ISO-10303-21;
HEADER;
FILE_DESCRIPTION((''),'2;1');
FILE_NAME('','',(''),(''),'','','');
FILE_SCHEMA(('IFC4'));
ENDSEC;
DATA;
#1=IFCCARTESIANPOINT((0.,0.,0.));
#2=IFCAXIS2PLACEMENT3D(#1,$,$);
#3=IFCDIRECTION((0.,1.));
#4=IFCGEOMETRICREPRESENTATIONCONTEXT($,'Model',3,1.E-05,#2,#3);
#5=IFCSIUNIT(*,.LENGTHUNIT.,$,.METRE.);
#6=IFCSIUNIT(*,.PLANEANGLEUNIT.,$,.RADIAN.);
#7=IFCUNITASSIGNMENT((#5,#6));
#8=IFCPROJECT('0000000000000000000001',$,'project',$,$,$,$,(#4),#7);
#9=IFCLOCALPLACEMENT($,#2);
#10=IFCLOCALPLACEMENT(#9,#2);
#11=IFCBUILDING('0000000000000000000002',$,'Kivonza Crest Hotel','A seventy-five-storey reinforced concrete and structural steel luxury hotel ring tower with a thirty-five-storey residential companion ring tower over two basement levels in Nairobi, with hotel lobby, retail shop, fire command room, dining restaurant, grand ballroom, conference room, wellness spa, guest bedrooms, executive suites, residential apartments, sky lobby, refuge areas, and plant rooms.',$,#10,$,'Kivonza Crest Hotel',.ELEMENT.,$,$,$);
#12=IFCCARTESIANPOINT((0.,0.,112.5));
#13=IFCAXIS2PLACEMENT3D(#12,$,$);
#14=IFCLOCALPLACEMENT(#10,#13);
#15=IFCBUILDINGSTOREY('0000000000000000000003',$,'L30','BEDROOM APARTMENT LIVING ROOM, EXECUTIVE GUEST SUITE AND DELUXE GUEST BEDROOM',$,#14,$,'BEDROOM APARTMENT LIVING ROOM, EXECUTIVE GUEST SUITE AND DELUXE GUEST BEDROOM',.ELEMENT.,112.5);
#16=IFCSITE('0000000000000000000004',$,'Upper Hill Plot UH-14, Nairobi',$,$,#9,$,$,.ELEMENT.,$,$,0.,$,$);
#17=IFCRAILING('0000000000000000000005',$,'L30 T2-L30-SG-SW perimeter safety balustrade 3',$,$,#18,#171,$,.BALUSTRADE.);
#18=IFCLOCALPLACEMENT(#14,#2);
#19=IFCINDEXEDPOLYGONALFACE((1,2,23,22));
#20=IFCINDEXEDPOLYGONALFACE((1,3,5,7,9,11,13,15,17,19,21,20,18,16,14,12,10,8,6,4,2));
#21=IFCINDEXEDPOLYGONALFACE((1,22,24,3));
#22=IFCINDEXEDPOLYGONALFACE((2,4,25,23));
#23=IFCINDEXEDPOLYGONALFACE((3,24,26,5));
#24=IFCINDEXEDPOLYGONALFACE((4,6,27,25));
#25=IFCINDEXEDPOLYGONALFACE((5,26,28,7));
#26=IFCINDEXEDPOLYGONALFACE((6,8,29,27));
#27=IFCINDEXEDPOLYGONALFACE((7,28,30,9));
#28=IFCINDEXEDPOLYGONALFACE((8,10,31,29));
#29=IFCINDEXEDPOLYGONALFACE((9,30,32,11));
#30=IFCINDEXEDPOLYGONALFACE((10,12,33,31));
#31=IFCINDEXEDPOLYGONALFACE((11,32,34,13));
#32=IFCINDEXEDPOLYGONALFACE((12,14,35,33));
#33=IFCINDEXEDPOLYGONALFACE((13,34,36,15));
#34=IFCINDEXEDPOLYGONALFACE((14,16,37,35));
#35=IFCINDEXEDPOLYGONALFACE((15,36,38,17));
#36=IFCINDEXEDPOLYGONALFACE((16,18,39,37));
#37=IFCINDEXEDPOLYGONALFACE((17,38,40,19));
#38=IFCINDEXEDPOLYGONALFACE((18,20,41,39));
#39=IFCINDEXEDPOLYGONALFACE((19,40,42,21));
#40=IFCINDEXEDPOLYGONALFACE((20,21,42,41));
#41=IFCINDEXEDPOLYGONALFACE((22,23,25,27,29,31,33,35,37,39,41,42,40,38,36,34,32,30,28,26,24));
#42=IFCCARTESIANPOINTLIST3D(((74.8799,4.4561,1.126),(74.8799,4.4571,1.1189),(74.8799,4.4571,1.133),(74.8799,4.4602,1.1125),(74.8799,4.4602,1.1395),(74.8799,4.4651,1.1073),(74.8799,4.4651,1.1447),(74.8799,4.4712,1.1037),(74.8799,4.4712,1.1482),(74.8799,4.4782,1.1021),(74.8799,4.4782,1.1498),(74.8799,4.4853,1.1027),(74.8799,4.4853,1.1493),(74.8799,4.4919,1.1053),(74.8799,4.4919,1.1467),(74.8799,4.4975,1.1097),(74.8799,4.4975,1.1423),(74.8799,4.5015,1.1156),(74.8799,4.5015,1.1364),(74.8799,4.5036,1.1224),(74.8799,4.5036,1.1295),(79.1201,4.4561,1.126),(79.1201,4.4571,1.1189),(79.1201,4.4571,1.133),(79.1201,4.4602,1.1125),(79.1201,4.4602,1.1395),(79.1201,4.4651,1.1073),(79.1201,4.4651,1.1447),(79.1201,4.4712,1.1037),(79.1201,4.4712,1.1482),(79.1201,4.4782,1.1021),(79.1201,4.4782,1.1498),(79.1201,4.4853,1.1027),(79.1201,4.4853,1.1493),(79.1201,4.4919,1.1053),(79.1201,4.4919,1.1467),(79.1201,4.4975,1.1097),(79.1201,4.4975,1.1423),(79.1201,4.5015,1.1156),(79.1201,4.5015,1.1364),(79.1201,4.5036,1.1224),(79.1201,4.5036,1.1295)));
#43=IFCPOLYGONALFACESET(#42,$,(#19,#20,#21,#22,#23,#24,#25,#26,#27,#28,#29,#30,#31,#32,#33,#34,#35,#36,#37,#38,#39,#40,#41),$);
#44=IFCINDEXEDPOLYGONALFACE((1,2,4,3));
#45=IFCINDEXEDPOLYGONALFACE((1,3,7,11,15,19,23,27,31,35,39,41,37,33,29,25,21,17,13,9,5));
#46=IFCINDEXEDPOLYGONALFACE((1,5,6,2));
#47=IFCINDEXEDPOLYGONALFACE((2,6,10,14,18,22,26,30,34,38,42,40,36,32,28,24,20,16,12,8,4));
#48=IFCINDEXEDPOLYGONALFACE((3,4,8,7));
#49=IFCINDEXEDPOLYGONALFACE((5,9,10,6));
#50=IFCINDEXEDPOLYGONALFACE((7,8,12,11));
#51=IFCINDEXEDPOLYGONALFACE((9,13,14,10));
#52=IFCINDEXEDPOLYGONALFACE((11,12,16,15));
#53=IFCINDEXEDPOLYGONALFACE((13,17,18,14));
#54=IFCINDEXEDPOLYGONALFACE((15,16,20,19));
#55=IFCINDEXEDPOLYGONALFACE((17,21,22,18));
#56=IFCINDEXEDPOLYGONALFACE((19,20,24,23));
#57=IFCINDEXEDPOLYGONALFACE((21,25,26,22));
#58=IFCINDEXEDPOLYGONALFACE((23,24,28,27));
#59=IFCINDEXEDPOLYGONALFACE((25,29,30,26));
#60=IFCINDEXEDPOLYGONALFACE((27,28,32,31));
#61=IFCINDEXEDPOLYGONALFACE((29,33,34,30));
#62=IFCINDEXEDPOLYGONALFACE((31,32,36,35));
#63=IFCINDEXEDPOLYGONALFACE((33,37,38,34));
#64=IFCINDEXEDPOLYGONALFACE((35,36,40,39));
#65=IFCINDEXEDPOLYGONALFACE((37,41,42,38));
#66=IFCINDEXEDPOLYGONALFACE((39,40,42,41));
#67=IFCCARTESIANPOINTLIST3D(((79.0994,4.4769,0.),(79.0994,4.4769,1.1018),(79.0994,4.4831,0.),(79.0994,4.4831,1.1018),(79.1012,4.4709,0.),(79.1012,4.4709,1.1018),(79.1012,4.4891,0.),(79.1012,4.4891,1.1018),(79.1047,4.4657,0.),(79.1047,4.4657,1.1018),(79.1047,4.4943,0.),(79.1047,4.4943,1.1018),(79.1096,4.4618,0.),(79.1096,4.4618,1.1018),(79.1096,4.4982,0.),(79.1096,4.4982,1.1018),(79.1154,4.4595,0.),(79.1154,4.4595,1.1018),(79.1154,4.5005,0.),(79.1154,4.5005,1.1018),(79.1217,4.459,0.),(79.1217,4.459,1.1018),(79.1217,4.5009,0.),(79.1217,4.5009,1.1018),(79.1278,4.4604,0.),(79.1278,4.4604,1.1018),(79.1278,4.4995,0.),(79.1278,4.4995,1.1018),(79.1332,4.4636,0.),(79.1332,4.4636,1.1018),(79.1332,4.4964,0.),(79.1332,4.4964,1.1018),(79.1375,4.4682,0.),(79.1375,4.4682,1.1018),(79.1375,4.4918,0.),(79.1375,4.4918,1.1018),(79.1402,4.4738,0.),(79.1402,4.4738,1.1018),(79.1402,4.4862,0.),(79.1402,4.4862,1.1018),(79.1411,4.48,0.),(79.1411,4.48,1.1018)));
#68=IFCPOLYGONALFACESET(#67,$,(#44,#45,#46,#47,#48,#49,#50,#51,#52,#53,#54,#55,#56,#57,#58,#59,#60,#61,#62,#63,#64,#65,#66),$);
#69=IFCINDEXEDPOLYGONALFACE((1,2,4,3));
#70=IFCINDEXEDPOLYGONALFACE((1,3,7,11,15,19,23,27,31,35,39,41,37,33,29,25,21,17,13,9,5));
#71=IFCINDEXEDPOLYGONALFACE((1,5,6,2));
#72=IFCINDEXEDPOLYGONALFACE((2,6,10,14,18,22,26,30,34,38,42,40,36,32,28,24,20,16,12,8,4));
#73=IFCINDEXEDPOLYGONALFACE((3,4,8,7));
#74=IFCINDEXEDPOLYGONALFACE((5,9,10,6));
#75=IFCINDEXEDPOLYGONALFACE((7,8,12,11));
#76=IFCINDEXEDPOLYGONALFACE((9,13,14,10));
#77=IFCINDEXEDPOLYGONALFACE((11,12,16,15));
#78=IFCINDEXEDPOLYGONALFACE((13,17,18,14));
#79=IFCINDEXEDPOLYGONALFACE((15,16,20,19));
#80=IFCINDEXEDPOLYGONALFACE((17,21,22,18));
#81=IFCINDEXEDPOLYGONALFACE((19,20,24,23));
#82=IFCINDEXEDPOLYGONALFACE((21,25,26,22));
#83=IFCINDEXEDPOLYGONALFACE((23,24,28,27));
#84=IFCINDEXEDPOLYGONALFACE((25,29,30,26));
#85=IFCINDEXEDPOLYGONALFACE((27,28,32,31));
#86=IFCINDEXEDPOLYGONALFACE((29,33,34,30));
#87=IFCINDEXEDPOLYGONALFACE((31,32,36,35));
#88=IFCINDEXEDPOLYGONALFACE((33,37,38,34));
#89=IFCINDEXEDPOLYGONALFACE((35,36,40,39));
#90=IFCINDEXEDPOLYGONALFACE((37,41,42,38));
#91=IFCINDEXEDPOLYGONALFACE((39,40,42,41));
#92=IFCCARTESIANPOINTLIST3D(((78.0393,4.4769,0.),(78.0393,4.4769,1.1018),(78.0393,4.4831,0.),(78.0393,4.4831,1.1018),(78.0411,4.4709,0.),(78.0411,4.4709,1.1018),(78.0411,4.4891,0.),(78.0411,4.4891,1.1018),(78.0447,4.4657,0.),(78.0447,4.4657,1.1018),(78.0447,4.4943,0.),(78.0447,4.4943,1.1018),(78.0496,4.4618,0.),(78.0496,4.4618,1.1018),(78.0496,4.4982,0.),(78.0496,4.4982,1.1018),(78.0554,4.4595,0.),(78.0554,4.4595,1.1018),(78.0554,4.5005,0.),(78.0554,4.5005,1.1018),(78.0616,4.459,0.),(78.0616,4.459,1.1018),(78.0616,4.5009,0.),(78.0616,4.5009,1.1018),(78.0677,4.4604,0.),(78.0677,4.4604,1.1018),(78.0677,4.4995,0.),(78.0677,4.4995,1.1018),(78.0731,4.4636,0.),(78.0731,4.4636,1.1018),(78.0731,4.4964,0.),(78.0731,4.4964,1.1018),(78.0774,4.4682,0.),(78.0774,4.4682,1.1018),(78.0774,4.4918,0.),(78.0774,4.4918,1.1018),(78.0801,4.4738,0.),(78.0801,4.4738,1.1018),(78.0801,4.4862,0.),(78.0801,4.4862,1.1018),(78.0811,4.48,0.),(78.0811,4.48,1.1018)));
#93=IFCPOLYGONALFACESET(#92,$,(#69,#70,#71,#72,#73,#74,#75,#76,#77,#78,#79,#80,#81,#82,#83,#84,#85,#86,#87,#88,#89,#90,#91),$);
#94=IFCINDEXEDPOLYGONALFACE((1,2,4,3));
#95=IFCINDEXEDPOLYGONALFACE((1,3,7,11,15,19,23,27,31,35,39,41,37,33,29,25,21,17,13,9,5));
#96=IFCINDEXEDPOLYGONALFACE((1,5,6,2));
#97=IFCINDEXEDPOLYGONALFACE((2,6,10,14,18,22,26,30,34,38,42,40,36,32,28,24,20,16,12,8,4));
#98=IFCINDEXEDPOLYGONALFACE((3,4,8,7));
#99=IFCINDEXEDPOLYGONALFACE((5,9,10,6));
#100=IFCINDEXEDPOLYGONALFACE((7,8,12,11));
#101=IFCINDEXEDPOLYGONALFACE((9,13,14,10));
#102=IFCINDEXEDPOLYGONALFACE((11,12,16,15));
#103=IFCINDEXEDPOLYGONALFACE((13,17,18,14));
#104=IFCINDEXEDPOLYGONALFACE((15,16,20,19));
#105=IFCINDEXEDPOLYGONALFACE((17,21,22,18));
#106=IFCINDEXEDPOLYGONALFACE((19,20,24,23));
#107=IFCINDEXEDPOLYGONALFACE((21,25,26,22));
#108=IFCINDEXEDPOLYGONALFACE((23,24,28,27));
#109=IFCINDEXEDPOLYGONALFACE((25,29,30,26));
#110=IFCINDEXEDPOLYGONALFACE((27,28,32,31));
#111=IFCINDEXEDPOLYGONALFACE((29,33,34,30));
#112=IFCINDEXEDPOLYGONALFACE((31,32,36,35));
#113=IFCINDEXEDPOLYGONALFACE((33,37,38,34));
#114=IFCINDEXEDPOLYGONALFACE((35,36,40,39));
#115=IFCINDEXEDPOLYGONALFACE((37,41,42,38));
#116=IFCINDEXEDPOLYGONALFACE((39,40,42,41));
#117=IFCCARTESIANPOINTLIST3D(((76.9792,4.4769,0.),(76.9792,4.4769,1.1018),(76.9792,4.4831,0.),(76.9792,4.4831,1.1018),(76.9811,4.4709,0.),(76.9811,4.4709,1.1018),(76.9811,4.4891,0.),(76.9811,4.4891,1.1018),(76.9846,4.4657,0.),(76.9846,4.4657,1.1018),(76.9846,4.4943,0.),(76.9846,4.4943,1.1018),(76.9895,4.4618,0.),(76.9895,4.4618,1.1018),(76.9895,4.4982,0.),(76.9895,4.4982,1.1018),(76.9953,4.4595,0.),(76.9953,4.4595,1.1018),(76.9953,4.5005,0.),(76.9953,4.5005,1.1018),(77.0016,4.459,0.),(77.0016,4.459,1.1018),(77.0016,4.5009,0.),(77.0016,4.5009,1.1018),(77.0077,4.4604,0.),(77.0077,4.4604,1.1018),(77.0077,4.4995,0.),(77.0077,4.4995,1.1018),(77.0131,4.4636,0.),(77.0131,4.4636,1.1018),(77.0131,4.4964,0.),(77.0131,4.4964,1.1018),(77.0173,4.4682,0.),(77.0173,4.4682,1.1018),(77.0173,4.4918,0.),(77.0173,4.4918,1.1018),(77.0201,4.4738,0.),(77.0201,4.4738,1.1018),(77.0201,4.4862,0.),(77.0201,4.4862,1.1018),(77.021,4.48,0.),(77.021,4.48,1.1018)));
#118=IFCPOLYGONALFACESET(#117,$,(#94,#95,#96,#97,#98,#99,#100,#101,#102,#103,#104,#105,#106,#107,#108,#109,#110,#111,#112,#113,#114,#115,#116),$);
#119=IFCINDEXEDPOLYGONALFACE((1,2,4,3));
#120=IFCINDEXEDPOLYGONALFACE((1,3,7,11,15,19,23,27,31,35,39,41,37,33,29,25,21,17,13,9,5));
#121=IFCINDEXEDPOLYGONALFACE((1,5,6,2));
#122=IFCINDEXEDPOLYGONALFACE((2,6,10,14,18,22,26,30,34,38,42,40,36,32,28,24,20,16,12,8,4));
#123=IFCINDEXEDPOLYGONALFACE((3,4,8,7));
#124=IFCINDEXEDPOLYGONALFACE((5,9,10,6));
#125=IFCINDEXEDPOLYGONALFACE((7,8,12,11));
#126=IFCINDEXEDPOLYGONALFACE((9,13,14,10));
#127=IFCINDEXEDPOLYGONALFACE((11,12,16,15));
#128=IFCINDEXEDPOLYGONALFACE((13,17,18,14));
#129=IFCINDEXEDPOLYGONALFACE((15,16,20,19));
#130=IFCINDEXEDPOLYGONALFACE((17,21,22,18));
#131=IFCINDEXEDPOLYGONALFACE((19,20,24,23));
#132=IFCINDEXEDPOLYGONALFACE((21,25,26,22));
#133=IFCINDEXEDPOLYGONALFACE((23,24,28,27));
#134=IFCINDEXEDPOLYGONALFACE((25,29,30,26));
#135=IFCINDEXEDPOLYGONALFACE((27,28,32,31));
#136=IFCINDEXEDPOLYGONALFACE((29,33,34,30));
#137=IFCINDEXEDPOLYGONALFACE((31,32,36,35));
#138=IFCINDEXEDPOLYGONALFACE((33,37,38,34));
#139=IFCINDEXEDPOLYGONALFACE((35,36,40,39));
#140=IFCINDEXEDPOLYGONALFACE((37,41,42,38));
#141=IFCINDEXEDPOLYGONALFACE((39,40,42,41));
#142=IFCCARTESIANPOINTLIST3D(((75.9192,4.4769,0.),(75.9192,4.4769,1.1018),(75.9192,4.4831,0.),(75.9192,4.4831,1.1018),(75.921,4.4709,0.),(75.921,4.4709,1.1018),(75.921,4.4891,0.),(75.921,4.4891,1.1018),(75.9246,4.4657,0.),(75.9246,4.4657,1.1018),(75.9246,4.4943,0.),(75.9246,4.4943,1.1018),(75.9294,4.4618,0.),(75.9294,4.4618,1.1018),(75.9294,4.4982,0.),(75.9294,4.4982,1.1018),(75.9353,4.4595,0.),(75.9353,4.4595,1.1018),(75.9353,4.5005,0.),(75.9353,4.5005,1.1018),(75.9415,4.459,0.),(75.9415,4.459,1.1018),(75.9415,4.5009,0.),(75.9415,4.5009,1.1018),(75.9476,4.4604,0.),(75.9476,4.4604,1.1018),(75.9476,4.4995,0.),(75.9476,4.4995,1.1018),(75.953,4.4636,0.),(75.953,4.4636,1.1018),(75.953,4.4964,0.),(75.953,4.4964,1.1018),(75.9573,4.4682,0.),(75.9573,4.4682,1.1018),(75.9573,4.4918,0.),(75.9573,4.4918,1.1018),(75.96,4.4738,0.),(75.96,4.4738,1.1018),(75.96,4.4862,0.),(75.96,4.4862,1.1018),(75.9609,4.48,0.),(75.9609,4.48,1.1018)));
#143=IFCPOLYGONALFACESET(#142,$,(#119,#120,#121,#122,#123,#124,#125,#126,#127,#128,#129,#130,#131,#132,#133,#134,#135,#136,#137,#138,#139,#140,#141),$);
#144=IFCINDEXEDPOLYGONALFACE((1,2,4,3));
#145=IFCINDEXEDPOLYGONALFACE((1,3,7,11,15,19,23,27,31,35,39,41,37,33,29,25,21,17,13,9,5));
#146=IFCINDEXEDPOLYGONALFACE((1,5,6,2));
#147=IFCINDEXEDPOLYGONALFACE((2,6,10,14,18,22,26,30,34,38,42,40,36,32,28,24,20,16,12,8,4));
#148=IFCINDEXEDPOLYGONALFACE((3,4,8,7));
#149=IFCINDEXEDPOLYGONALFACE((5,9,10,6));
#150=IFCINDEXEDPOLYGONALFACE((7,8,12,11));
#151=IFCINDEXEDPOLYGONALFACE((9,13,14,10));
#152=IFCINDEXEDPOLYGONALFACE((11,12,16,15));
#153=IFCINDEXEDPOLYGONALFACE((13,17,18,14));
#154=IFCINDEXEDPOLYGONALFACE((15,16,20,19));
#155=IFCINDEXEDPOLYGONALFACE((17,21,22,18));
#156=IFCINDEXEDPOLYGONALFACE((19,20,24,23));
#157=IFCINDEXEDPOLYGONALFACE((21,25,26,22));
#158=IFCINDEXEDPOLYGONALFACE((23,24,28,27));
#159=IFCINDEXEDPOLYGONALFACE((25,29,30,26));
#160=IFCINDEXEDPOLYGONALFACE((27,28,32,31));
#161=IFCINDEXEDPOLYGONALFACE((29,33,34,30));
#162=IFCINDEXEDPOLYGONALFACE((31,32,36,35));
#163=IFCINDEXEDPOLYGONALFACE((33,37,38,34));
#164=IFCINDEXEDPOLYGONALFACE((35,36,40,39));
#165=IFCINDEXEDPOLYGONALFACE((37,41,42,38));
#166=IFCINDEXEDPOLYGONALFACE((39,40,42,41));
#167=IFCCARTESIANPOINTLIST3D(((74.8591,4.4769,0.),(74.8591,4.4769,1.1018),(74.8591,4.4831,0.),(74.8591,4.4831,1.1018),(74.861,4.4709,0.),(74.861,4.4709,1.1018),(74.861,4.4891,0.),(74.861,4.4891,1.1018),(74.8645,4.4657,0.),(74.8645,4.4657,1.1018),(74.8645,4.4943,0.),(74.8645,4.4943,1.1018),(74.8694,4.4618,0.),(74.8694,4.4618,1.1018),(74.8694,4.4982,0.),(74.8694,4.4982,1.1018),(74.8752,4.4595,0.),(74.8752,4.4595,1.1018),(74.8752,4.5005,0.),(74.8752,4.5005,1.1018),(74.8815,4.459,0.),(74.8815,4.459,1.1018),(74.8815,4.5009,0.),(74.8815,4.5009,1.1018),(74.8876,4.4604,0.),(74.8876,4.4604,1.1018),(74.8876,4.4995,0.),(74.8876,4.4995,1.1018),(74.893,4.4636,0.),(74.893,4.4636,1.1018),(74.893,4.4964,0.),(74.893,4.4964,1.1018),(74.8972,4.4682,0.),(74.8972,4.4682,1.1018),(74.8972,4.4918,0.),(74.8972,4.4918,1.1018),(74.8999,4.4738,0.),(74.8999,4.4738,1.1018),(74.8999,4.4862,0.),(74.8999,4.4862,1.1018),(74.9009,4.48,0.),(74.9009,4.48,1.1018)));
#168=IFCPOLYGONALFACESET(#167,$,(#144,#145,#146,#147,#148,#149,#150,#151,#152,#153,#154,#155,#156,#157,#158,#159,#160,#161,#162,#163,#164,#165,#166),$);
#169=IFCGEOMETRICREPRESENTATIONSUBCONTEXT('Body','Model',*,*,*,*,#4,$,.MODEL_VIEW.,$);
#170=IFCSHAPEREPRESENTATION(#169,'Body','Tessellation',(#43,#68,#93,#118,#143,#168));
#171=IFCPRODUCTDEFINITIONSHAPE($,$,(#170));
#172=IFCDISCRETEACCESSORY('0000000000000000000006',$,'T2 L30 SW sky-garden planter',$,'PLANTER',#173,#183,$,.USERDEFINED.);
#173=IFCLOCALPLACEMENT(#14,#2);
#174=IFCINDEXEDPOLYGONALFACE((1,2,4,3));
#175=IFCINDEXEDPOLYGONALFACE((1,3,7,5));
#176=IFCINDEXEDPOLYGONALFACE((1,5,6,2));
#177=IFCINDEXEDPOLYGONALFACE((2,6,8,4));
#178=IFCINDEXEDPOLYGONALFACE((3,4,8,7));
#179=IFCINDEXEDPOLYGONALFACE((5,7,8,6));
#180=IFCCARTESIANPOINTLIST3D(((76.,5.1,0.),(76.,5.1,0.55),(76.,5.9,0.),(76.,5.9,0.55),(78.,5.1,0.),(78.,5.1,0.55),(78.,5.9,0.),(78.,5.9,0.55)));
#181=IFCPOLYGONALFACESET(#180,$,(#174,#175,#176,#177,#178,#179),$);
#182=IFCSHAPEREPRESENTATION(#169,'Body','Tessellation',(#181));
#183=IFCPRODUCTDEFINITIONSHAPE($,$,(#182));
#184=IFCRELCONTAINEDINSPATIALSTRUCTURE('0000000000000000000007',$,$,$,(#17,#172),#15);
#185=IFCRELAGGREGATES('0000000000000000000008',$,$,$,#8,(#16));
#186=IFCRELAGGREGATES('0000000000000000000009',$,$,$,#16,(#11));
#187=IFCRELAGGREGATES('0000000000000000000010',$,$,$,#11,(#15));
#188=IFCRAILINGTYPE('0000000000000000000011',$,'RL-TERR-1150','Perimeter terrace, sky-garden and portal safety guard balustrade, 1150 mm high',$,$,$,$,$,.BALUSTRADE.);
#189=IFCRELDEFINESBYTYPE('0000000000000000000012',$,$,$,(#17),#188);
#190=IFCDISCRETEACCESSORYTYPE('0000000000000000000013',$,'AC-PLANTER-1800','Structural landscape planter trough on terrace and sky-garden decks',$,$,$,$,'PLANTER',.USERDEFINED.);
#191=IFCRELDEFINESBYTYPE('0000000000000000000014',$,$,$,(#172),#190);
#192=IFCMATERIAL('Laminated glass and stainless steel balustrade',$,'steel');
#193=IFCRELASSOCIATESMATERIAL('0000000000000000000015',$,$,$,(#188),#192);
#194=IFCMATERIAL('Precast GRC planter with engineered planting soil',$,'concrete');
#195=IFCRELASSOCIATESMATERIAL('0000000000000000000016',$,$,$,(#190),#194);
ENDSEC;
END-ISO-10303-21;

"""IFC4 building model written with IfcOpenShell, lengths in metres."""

from ifc_helpers import new_model, si_unit, direction, frame, origin, origin_2d, place, context, subcontext, project, spatial, rectangle, circle, extrude, material, type_object, element, save


model = new_model("IFC4")

# Units and contexts
model_context = context("Model", 3, precision=1e-05, world=origin(), true_north=direction((0.0, 1.0)))
body_context = subcontext(model_context, "Body", "Model", "MODEL_VIEW")
ifc_project = project(units=[si_unit("LENGTHUNIT", "METRE"), si_unit("PLANEANGLEUNIT", "RADIAN")], contexts=[model_context])

# Site, building, storey
site_placement = place(None, origin())
site = spatial("IfcSite", under=ifc_project, at=site_placement, Name="Upper Hill Plot UH-14, Nairobi", CompositionType="ELEMENT", RefElevation=0.0)
building_placement = place(site_placement, origin())
building = spatial("IfcBuilding", under=site, at=building_placement, Name="Kivonza Crest Hotel", Description="A seventy-five-storey reinforced concrete and structural steel luxury hotel ring tower with a thirty-five-storey residential companion ring tower over two basement levels in Nairobi, with hotel lobby, retail shop, fire command room, dining restaurant, grand ballroom, conference room, wellness spa, guest bedrooms, executive suites, residential apartments, sky lobby, refuge areas, and plant rooms.", LongName="Kivonza Crest Hotel", CompositionType="ELEMENT")
storey_placement = place(building_placement, frame((0.0, 0.0, 112.5)))
storey = spatial("IfcBuildingStorey", under=building, at=storey_placement, Name="L30", Description="BEDROOM APARTMENT LIVING ROOM, EXECUTIVE GUEST SUITE AND DELUXE GUEST BEDROOM", LongName="BEDROOM APARTMENT LIVING ROOM, EXECUTIVE GUEST SUITE AND DELUXE GUEST BEDROOM", CompositionType="ELEMENT", Elevation=112.5)

# Railing
ifc_material_1 = material(Name="Laminated glass and stainless steel balustrade", Category="steel")
railing_type = type_object("IfcRailingType", Name="RL-TERR-1150", Description="Perimeter terrace, sky-garden and portal safety guard balustrade, 1150 mm high", PredefinedType="BALUSTRADE", material=ifc_material_1)
railing_1_placement = place(storey_placement, frame((79.1201, 4.48, 0.0)))
element("IfcRailing", 1, at=railing_1_placement, inside=storey, type_object=railing_type, Name="L30 T2-L30-SG-SW perimeter safety balustrade 3", PredefinedType="BALUSTRADE", context=body_context, shape_type="SweptSolid", body=[
    extrude(circle(Radius=0.0239, at=origin_2d()), frame((0.0, 0.0, 1.126), z_axis=(-1.0, 0.0, 0.0), x_axis=(0.0, -1.0, 0.0)), (0.0, 0.0, 1.0), 4.2402),
    extrude(circle(Radius=0.021, at=origin_2d()), origin(), (0.0, 0.0, 1.0), 1.1018),
    extrude(circle(Radius=0.021, at=origin_2d()), frame((-1.0601, 0.0, 0.0)), (0.0, 0.0, 1.0), 1.1018),
    extrude(circle(Radius=0.021, at=origin_2d()), frame((-2.1201, 0.0, 0.0)), (0.0, 0.0, 1.0), 1.1018),
    extrude(circle(Radius=0.021, at=origin_2d()), frame((-3.1802, 0.0, 0.0)), (0.0, 0.0, 1.0), 1.1018),
    extrude(circle(Radius=0.021, at=origin_2d()), frame((-4.2402, 0.0, 0.0)), (0.0, 0.0, 1.0), 1.1018),
])

# Discrete accessory
ifc_material_2 = material(Name="Precast GRC planter with engineered planting soil", Category="concrete")
discrete_accessory_type = type_object("IfcDiscreteAccessoryType", Name="AC-PLANTER-1800", Description="Structural landscape planter trough on terrace and sky-garden decks", ElementType="PLANTER", PredefinedType="USERDEFINED", material=ifc_material_2)
discrete_accessory_placement = place(storey_placement, frame((77.0, 5.5, 0.0), z_axis=(0.0, 0.0, 1.0), x_axis=(1.0, 0.0, 0.0)))
element("IfcDiscreteAccessory", 2, at=discrete_accessory_placement, inside=storey, type_object=discrete_accessory_type, Name="T2 L30 SW sky-garden planter", ObjectType="PLANTER", PredefinedType="USERDEFINED", context=body_context, shape_type="SweptSolid", body=[
    extrude(rectangle(XDim=2.0, YDim=0.8, at=origin_2d()), origin(), (0.0, 0.0, 1.0), 0.55),
])

save(model, "model.ifc")
